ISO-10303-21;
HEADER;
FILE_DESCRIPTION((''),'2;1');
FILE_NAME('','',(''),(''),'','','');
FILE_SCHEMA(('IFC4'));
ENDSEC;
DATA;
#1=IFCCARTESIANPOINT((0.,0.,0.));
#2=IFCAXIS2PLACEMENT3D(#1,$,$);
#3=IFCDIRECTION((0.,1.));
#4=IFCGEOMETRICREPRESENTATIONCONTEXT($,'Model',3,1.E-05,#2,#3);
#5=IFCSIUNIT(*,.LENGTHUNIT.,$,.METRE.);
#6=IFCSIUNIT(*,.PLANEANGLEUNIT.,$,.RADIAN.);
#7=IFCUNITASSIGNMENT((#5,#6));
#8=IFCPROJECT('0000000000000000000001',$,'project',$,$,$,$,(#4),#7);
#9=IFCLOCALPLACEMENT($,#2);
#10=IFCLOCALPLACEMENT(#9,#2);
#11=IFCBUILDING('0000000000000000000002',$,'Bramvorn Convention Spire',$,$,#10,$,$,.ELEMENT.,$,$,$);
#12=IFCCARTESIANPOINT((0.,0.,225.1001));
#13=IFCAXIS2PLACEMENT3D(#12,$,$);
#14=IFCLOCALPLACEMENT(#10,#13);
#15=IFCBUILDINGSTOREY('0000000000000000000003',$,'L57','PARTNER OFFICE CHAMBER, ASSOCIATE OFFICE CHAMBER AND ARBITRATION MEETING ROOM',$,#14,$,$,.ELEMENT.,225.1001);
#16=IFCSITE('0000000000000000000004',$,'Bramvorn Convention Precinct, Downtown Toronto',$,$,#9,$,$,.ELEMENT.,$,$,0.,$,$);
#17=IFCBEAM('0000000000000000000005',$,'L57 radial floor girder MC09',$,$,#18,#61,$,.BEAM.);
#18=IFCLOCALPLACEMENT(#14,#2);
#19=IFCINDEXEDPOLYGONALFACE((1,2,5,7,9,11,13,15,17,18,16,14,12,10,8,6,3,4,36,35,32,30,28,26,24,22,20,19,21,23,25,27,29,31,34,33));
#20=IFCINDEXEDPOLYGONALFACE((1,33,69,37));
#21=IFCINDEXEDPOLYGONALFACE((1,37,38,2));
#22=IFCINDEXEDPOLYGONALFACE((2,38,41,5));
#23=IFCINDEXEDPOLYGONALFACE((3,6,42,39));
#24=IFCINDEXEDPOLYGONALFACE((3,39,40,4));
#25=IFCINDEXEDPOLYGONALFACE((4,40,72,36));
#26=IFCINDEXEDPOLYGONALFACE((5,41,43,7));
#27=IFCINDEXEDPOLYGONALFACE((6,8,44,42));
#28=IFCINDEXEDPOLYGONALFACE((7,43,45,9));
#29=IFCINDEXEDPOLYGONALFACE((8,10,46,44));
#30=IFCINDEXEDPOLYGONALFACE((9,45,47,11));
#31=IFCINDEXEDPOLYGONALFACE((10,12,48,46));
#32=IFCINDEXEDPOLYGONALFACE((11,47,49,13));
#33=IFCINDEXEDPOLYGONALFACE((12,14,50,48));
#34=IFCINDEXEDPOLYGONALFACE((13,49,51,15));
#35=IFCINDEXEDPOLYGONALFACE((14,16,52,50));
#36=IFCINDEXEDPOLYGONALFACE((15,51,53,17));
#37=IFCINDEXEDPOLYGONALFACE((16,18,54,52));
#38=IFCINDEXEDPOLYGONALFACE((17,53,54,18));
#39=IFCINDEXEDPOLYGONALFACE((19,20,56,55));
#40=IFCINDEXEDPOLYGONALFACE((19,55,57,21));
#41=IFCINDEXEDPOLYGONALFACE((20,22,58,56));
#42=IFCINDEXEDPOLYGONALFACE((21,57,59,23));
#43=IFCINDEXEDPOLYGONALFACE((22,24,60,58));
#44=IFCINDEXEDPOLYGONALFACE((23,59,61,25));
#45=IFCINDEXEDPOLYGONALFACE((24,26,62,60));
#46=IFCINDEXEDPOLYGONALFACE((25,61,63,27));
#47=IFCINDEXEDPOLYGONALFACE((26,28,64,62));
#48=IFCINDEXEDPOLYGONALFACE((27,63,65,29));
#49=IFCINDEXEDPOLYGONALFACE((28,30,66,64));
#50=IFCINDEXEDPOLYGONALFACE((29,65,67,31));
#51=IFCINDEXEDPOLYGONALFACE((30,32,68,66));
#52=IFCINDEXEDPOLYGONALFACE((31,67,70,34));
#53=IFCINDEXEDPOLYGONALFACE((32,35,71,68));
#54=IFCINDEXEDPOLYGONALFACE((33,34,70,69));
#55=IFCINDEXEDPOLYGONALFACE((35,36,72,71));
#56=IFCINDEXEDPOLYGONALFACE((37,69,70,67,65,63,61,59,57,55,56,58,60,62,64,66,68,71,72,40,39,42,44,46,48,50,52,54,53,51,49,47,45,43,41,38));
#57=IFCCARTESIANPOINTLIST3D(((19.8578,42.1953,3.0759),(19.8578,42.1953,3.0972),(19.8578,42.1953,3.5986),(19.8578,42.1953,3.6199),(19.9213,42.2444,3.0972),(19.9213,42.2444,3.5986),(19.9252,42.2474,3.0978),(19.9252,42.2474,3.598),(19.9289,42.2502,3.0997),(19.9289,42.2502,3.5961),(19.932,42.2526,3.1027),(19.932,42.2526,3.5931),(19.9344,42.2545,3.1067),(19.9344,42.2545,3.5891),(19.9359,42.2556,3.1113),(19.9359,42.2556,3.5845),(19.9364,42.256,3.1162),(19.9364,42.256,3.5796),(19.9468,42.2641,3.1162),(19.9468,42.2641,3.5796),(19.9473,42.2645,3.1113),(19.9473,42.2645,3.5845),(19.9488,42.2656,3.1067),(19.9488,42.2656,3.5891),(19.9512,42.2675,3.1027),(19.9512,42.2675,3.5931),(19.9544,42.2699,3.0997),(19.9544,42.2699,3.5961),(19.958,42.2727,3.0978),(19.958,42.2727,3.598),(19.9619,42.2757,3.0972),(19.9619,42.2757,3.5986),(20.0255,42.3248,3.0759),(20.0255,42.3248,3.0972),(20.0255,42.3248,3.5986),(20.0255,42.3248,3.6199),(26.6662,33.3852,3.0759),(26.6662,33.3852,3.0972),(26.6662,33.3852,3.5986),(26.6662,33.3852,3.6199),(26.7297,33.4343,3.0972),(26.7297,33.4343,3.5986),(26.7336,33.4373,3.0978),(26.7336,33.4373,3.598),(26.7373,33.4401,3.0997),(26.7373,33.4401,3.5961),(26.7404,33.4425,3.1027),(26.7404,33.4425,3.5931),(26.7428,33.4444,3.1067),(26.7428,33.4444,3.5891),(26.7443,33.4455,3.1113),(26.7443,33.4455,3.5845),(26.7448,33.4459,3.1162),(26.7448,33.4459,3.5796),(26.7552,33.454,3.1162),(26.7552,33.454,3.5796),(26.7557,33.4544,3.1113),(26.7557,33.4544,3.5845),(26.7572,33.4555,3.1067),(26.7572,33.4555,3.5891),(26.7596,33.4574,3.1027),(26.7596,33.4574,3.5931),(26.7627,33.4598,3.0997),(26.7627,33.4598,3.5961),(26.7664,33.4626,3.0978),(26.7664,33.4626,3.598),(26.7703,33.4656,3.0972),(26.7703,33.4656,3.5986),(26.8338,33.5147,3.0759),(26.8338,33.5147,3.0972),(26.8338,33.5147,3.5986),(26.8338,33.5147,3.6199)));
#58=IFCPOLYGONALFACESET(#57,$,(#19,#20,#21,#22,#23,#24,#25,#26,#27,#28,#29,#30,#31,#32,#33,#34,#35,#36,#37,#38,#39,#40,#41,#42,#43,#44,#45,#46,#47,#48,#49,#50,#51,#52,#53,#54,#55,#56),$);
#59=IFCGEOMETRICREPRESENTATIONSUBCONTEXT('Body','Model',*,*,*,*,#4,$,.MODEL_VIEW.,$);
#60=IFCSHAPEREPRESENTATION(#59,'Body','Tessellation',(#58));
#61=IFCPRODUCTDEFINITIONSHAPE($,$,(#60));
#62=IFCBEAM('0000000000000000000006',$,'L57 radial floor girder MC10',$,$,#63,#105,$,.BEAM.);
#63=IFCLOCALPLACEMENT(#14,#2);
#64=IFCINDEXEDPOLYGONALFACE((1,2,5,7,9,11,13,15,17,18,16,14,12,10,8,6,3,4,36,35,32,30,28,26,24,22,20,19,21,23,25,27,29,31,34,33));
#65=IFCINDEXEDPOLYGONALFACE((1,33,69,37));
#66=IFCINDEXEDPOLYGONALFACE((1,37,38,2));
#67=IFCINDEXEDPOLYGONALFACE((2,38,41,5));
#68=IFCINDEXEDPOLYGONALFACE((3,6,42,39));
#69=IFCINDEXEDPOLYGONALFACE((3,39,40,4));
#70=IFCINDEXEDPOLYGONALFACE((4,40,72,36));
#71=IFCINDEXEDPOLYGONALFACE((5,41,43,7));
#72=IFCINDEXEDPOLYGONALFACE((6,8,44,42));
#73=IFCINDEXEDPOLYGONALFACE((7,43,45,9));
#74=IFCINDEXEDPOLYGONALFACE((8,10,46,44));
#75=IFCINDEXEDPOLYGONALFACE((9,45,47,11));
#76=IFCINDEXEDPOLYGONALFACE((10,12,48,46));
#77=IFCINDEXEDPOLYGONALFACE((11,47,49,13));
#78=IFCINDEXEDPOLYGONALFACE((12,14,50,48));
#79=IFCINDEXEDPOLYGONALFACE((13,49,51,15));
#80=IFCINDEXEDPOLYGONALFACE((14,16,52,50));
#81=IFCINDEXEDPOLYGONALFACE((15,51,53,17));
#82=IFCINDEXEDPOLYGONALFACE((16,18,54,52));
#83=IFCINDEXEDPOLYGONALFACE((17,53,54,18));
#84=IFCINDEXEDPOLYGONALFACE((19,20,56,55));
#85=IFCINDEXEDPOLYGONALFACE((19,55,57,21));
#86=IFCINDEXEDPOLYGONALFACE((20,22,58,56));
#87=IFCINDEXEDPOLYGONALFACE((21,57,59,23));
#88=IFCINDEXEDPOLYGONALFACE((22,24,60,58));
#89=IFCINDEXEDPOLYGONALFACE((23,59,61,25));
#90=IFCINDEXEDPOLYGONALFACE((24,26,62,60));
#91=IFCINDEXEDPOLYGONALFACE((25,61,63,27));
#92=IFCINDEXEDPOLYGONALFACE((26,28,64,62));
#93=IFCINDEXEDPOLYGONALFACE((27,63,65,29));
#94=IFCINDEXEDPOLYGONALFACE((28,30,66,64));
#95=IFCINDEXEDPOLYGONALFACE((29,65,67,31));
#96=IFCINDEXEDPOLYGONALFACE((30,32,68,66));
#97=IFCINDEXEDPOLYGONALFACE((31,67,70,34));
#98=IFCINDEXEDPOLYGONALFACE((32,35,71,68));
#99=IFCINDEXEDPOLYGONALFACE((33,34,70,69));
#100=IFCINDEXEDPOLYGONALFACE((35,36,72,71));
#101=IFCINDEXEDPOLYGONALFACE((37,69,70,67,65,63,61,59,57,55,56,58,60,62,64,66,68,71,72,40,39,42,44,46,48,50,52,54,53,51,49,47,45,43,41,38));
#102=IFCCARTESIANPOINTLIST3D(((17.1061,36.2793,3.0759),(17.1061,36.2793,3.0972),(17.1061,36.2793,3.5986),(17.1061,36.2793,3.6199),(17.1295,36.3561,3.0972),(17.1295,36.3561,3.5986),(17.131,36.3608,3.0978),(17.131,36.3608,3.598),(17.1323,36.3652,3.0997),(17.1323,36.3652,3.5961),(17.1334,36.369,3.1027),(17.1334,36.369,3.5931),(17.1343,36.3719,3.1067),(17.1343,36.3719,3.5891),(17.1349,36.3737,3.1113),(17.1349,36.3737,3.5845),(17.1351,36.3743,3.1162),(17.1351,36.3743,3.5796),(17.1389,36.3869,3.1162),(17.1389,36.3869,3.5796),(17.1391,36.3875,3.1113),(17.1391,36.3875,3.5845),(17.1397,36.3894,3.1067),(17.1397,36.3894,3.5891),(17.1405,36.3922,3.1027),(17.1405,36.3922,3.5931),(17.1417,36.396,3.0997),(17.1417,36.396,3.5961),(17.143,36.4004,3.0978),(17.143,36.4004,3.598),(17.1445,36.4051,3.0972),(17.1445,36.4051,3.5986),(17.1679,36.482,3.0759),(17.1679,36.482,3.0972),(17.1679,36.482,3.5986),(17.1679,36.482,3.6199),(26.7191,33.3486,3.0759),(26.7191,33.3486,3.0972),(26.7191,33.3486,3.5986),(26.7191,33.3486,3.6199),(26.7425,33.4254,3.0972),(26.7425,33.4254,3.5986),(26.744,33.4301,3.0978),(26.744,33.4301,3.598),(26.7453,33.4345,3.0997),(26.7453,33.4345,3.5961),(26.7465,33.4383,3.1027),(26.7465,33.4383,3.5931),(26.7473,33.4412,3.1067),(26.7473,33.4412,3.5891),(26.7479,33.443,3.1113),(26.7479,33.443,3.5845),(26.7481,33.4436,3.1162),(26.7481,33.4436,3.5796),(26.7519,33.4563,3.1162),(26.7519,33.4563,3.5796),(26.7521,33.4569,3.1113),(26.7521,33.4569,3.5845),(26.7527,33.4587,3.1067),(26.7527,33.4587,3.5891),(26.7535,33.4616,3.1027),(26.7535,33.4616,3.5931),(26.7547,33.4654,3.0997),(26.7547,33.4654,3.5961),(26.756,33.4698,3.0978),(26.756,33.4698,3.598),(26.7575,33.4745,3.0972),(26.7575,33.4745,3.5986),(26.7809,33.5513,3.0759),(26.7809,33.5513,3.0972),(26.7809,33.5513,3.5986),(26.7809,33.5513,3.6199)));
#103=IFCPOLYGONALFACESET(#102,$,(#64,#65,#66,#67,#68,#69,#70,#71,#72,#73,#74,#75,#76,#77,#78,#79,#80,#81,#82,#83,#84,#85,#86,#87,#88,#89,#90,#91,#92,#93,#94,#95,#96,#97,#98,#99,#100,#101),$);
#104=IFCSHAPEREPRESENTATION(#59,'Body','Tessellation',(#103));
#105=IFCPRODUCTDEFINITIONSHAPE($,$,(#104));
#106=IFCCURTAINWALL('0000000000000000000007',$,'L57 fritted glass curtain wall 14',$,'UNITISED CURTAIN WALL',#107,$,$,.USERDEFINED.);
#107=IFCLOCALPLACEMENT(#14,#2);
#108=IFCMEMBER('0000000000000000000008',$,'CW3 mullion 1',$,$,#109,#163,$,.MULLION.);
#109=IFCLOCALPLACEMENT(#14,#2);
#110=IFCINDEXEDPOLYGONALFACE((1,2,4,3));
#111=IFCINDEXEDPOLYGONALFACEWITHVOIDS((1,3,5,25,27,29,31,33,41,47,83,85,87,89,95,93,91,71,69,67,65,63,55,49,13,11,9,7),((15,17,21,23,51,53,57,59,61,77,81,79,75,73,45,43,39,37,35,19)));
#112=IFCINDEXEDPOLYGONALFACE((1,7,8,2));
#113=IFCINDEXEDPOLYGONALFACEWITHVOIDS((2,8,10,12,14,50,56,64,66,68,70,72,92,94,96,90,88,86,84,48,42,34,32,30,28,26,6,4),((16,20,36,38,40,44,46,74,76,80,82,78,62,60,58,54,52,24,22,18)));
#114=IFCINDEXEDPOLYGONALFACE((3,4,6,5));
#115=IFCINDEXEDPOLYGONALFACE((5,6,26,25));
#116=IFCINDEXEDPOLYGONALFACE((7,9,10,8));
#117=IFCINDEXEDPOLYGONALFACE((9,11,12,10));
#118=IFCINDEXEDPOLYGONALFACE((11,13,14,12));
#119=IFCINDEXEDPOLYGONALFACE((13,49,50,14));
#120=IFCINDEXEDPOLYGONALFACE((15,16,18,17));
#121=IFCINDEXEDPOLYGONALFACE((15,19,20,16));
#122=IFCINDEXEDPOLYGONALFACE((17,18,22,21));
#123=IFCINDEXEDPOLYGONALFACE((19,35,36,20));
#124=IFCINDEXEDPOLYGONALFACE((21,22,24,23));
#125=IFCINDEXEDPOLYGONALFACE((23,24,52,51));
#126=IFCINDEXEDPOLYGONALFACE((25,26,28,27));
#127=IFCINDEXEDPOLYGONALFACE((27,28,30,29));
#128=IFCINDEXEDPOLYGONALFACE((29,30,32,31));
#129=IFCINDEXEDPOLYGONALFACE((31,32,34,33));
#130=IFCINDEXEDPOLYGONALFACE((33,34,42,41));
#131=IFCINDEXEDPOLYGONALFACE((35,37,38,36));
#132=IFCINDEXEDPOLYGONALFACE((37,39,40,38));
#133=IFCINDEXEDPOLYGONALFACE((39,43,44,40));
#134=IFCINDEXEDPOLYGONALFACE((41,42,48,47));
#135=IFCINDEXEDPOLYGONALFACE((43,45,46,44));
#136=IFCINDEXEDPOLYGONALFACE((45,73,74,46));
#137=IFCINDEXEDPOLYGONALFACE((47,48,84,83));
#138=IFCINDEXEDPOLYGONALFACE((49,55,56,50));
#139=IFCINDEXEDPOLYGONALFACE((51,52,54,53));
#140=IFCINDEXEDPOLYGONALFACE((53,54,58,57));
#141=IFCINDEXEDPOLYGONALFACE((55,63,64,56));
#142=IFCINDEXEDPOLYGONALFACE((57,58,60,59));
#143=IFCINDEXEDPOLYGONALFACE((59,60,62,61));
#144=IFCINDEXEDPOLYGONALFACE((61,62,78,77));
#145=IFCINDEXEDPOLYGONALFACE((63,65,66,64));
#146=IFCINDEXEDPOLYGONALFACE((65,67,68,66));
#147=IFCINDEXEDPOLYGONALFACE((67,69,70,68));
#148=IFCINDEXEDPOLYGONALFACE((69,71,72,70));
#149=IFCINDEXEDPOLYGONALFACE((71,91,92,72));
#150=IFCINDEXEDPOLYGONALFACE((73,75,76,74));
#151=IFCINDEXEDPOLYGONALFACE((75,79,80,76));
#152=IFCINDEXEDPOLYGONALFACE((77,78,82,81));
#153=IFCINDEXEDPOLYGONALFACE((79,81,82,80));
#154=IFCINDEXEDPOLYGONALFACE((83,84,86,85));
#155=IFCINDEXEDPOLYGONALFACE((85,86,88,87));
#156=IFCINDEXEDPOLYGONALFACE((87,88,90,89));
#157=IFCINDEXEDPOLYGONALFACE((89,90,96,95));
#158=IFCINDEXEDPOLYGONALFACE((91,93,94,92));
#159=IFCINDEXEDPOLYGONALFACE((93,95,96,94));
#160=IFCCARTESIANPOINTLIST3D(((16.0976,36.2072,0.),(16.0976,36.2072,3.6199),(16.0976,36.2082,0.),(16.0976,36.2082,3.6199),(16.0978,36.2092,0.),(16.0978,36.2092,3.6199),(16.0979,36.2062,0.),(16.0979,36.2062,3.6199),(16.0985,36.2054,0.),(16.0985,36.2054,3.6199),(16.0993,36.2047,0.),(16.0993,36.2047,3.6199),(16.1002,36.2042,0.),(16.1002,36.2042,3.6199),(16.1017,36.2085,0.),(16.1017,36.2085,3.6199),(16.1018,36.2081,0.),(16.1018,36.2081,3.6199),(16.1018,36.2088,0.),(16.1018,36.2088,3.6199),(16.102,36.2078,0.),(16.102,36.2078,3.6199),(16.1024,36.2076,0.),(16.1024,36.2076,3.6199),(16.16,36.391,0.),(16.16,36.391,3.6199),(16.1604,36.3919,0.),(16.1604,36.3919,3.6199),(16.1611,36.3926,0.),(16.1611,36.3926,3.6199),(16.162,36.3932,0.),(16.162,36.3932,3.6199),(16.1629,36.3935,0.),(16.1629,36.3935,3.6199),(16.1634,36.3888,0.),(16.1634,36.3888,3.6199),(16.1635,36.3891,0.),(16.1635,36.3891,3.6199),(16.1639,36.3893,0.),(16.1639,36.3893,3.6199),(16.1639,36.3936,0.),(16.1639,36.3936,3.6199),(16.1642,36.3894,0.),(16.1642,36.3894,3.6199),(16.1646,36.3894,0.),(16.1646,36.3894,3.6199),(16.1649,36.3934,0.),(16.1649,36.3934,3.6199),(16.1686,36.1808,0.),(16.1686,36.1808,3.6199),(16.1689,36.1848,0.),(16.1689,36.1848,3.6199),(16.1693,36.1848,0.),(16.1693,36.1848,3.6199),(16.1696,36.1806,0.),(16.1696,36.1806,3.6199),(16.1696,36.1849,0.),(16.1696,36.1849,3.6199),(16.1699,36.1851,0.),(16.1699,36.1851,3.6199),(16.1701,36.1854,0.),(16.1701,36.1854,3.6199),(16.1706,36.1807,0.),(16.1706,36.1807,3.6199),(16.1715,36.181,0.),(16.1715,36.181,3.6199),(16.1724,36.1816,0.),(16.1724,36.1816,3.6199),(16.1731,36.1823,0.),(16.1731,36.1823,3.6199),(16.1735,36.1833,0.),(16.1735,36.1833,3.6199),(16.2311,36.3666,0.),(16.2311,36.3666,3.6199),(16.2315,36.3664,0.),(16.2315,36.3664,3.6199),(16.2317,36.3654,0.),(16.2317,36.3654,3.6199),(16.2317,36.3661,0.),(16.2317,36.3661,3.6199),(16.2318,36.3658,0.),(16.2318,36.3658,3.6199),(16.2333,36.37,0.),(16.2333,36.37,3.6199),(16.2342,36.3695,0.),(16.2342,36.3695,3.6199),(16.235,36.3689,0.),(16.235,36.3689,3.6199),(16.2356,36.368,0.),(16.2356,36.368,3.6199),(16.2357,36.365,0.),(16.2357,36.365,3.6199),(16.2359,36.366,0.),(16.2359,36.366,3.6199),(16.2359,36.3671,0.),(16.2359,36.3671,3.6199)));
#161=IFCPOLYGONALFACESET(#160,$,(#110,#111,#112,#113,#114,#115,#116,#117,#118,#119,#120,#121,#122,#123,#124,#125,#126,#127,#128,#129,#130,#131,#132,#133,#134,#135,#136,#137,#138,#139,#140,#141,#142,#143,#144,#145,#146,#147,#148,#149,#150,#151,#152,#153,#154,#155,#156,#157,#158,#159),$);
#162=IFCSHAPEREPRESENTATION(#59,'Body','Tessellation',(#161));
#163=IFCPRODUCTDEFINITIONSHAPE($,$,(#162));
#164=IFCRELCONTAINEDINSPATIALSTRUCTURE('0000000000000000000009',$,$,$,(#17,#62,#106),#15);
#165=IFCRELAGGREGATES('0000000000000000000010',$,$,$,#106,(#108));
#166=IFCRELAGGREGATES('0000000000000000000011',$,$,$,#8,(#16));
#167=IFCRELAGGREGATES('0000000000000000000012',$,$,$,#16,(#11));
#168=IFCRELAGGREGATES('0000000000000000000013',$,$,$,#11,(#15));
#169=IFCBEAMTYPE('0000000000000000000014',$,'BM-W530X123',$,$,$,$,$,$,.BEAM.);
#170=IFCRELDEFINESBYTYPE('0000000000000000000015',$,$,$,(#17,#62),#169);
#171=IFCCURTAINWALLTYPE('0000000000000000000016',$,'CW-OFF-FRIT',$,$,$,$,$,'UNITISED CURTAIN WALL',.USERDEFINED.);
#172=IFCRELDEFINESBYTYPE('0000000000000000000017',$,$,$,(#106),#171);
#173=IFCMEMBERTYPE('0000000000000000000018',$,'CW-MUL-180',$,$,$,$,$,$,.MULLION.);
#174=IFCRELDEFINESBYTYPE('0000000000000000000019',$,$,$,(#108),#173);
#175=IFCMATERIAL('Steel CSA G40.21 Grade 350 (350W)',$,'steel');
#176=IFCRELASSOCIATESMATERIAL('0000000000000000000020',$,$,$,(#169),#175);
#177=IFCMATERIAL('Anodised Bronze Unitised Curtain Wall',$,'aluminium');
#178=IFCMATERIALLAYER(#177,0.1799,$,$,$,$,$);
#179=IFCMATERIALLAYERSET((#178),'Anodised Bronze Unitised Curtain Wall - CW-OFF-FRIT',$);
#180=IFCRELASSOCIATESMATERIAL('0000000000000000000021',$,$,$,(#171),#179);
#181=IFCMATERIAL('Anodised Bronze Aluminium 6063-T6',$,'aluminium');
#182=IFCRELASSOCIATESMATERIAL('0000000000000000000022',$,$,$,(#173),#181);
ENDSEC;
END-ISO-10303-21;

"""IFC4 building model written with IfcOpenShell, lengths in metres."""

from ifc_helpers import new_model, si_unit, direction, frame, origin, origin_2d, place, context, subcontext, project, spatial, hollow_rectangle, i_section, extrude, material, layer, layer_set, material_profile, profile_set, type_object, element, aggregate, save


model = new_model("IFC4")

# Units and contexts
model_context = context("Model", 3, precision=1e-05, world=origin(), true_north=direction((0.0, 1.0)))
body_context = subcontext(model_context, "Body", "Model", "MODEL_VIEW")
ifc_project = project(units=[si_unit("LENGTHUNIT", "METRE"), si_unit("PLANEANGLEUNIT", "RADIAN")], contexts=[model_context])

# Site, building, storey
site_placement = place(None, origin())
site = spatial("IfcSite", under=ifc_project, at=site_placement, Name="Bramvorn Convention Precinct, Downtown Toronto", CompositionType="ELEMENT", RefElevation=0.0)
building_placement = place(site_placement, origin())
building = spatial("IfcBuilding", under=site, at=building_placement, Name="Bramvorn Convention Spire", CompositionType="ELEMENT")
storey_placement = place(building_placement, frame((0.0, 0.0, 225.1001)))
storey = spatial("IfcBuildingStorey", under=building, at=storey_placement, Name="L57", Description="PARTNER OFFICE CHAMBER, ASSOCIATE OFFICE CHAMBER AND ARBITRATION MEETING ROOM", CompositionType="ELEMENT", Elevation=225.1001)

# Shared definitions
ifc_material_1 = material(Name="Steel CSA G40.21 Grade 350 (350W)", Category="steel")

# Beams
ifc_material_profile_1 = material_profile(ifc_material_1, i_section(OverallWidth=0.2119, OverallDepth=0.5439, WebThickness=0.0132, FlangeThickness=0.0212, FilletRadius=0.019, at=origin_2d()))
ifc_profile_set_1 = profile_set([ifc_material_profile_1], Name="Steel CSA G40.21 Grade 350 (350W) - W530X123")
beam_type_1 = type_object("IfcBeamType", Name="BM-W530X123", PredefinedType="BEAM", material=ifc_profile_set_1)
beam_1_placement = place(storey_placement, frame((26.75, 33.45, 3.3479), z_axis=(-0.61148, 0.79126, 0.0), x_axis=(-0.79126, -0.61148, 0.0)))
element("IfcBeam", 1, at=beam_1_placement, inside=storey, type_object=beam_type_1, Name="L57 radial floor girder MC09", PredefinedType="BEAM", context=body_context, shape_type="SweptSolid", body=[
    extrude(i_section(OverallWidth=0.2119, OverallDepth=0.5439, WebThickness=0.0132, FlangeThickness=0.0212, FilletRadius=0.019, at=origin_2d()), origin(), (0.0, 0.0, 1.0), 11.1343),
])
beam_2_placement = place(storey_placement, frame((26.75, 33.45, 3.3479), z_axis=(-0.956536, 0.291613, 0.0), x_axis=(-0.291613, -0.956536, 0.0)))
element("IfcBeam", 2, at=beam_2_placement, inside=storey, type_object=beam_type_1, Name="L57 radial floor girder MC10", PredefinedType="BEAM", context=body_context, shape_type="SweptSolid", body=[
    extrude(i_section(OverallWidth=0.2119, OverallDepth=0.5439, WebThickness=0.0132, FlangeThickness=0.0212, FilletRadius=0.019, at=origin_2d()), origin(), (0.0, 0.0, 1.0), 10.0498),
])

# Curtain wall, member
ifc_material_2 = material(Name="Anodised Bronze Unitised Curtain Wall", Category="aluminium")
ifc_layer_1 = layer(ifc_material_2, 0.1799)
ifc_layer_set_1 = layer_set([ifc_layer_1], Name="Anodised Bronze Unitised Curtain Wall - CW-OFF-FRIT")
curtain_wall_type = type_object("IfcCurtainWallType", Name="CW-OFF-FRIT", ElementType="UNITISED CURTAIN WALL", PredefinedType="USERDEFINED", material=ifc_layer_set_1)
curtain_wall_1_placement = place(storey_placement, origin())
curtain_wall_1 = element("IfcCurtainWall", 3, at=curtain_wall_1_placement, inside=storey, type_object=curtain_wall_type, Name="L57 fritted glass curtain wall 14", ObjectType="UNITISED CURTAIN WALL", PredefinedType="USERDEFINED")
ifc_material_3 = material(Name="Anodised Bronze Aluminium 6063-T6", Category="aluminium")
ifc_material_profile_2 = material_profile(ifc_material_3, hollow_rectangle(XDim=0.0801, YDim=0.2, WallThickness=0.0039, InnerFilletRadius=0.001, OuterFilletRadius=0.0039, at=origin_2d()))
ifc_profile_set_2 = profile_set([ifc_material_profile_2], Name="Anodised Bronze Aluminium 6063-T6 - CWM80X200")
member_type_1 = type_object("IfcMemberType", Name="CW-MUL-180", PredefinedType="MULLION", material=ifc_profile_set_2)
member_1_placement = place(storey_placement, frame((16.1667, 36.2871, 0.0), z_axis=(0.0, 0.0, 1.0), x_axis=(-0.946109, 0.323848, 0.0)))
member_1 = element("IfcMember", 4, at=member_1_placement, type_object=member_type_1, Name="CW3 mullion 1", PredefinedType="MULLION", context=body_context, shape_type="SweptSolid", body=[
    extrude(hollow_rectangle(XDim=0.0801, YDim=0.2, WallThickness=0.0039, InnerFilletRadius=0.001, OuterFilletRadius=0.0039, at=origin_2d()), origin(), (0.0, 0.0, 1.0), 3.6199),
])

aggregate(curtain_wall_1, [member_1])

save(model, "model.ifc")
